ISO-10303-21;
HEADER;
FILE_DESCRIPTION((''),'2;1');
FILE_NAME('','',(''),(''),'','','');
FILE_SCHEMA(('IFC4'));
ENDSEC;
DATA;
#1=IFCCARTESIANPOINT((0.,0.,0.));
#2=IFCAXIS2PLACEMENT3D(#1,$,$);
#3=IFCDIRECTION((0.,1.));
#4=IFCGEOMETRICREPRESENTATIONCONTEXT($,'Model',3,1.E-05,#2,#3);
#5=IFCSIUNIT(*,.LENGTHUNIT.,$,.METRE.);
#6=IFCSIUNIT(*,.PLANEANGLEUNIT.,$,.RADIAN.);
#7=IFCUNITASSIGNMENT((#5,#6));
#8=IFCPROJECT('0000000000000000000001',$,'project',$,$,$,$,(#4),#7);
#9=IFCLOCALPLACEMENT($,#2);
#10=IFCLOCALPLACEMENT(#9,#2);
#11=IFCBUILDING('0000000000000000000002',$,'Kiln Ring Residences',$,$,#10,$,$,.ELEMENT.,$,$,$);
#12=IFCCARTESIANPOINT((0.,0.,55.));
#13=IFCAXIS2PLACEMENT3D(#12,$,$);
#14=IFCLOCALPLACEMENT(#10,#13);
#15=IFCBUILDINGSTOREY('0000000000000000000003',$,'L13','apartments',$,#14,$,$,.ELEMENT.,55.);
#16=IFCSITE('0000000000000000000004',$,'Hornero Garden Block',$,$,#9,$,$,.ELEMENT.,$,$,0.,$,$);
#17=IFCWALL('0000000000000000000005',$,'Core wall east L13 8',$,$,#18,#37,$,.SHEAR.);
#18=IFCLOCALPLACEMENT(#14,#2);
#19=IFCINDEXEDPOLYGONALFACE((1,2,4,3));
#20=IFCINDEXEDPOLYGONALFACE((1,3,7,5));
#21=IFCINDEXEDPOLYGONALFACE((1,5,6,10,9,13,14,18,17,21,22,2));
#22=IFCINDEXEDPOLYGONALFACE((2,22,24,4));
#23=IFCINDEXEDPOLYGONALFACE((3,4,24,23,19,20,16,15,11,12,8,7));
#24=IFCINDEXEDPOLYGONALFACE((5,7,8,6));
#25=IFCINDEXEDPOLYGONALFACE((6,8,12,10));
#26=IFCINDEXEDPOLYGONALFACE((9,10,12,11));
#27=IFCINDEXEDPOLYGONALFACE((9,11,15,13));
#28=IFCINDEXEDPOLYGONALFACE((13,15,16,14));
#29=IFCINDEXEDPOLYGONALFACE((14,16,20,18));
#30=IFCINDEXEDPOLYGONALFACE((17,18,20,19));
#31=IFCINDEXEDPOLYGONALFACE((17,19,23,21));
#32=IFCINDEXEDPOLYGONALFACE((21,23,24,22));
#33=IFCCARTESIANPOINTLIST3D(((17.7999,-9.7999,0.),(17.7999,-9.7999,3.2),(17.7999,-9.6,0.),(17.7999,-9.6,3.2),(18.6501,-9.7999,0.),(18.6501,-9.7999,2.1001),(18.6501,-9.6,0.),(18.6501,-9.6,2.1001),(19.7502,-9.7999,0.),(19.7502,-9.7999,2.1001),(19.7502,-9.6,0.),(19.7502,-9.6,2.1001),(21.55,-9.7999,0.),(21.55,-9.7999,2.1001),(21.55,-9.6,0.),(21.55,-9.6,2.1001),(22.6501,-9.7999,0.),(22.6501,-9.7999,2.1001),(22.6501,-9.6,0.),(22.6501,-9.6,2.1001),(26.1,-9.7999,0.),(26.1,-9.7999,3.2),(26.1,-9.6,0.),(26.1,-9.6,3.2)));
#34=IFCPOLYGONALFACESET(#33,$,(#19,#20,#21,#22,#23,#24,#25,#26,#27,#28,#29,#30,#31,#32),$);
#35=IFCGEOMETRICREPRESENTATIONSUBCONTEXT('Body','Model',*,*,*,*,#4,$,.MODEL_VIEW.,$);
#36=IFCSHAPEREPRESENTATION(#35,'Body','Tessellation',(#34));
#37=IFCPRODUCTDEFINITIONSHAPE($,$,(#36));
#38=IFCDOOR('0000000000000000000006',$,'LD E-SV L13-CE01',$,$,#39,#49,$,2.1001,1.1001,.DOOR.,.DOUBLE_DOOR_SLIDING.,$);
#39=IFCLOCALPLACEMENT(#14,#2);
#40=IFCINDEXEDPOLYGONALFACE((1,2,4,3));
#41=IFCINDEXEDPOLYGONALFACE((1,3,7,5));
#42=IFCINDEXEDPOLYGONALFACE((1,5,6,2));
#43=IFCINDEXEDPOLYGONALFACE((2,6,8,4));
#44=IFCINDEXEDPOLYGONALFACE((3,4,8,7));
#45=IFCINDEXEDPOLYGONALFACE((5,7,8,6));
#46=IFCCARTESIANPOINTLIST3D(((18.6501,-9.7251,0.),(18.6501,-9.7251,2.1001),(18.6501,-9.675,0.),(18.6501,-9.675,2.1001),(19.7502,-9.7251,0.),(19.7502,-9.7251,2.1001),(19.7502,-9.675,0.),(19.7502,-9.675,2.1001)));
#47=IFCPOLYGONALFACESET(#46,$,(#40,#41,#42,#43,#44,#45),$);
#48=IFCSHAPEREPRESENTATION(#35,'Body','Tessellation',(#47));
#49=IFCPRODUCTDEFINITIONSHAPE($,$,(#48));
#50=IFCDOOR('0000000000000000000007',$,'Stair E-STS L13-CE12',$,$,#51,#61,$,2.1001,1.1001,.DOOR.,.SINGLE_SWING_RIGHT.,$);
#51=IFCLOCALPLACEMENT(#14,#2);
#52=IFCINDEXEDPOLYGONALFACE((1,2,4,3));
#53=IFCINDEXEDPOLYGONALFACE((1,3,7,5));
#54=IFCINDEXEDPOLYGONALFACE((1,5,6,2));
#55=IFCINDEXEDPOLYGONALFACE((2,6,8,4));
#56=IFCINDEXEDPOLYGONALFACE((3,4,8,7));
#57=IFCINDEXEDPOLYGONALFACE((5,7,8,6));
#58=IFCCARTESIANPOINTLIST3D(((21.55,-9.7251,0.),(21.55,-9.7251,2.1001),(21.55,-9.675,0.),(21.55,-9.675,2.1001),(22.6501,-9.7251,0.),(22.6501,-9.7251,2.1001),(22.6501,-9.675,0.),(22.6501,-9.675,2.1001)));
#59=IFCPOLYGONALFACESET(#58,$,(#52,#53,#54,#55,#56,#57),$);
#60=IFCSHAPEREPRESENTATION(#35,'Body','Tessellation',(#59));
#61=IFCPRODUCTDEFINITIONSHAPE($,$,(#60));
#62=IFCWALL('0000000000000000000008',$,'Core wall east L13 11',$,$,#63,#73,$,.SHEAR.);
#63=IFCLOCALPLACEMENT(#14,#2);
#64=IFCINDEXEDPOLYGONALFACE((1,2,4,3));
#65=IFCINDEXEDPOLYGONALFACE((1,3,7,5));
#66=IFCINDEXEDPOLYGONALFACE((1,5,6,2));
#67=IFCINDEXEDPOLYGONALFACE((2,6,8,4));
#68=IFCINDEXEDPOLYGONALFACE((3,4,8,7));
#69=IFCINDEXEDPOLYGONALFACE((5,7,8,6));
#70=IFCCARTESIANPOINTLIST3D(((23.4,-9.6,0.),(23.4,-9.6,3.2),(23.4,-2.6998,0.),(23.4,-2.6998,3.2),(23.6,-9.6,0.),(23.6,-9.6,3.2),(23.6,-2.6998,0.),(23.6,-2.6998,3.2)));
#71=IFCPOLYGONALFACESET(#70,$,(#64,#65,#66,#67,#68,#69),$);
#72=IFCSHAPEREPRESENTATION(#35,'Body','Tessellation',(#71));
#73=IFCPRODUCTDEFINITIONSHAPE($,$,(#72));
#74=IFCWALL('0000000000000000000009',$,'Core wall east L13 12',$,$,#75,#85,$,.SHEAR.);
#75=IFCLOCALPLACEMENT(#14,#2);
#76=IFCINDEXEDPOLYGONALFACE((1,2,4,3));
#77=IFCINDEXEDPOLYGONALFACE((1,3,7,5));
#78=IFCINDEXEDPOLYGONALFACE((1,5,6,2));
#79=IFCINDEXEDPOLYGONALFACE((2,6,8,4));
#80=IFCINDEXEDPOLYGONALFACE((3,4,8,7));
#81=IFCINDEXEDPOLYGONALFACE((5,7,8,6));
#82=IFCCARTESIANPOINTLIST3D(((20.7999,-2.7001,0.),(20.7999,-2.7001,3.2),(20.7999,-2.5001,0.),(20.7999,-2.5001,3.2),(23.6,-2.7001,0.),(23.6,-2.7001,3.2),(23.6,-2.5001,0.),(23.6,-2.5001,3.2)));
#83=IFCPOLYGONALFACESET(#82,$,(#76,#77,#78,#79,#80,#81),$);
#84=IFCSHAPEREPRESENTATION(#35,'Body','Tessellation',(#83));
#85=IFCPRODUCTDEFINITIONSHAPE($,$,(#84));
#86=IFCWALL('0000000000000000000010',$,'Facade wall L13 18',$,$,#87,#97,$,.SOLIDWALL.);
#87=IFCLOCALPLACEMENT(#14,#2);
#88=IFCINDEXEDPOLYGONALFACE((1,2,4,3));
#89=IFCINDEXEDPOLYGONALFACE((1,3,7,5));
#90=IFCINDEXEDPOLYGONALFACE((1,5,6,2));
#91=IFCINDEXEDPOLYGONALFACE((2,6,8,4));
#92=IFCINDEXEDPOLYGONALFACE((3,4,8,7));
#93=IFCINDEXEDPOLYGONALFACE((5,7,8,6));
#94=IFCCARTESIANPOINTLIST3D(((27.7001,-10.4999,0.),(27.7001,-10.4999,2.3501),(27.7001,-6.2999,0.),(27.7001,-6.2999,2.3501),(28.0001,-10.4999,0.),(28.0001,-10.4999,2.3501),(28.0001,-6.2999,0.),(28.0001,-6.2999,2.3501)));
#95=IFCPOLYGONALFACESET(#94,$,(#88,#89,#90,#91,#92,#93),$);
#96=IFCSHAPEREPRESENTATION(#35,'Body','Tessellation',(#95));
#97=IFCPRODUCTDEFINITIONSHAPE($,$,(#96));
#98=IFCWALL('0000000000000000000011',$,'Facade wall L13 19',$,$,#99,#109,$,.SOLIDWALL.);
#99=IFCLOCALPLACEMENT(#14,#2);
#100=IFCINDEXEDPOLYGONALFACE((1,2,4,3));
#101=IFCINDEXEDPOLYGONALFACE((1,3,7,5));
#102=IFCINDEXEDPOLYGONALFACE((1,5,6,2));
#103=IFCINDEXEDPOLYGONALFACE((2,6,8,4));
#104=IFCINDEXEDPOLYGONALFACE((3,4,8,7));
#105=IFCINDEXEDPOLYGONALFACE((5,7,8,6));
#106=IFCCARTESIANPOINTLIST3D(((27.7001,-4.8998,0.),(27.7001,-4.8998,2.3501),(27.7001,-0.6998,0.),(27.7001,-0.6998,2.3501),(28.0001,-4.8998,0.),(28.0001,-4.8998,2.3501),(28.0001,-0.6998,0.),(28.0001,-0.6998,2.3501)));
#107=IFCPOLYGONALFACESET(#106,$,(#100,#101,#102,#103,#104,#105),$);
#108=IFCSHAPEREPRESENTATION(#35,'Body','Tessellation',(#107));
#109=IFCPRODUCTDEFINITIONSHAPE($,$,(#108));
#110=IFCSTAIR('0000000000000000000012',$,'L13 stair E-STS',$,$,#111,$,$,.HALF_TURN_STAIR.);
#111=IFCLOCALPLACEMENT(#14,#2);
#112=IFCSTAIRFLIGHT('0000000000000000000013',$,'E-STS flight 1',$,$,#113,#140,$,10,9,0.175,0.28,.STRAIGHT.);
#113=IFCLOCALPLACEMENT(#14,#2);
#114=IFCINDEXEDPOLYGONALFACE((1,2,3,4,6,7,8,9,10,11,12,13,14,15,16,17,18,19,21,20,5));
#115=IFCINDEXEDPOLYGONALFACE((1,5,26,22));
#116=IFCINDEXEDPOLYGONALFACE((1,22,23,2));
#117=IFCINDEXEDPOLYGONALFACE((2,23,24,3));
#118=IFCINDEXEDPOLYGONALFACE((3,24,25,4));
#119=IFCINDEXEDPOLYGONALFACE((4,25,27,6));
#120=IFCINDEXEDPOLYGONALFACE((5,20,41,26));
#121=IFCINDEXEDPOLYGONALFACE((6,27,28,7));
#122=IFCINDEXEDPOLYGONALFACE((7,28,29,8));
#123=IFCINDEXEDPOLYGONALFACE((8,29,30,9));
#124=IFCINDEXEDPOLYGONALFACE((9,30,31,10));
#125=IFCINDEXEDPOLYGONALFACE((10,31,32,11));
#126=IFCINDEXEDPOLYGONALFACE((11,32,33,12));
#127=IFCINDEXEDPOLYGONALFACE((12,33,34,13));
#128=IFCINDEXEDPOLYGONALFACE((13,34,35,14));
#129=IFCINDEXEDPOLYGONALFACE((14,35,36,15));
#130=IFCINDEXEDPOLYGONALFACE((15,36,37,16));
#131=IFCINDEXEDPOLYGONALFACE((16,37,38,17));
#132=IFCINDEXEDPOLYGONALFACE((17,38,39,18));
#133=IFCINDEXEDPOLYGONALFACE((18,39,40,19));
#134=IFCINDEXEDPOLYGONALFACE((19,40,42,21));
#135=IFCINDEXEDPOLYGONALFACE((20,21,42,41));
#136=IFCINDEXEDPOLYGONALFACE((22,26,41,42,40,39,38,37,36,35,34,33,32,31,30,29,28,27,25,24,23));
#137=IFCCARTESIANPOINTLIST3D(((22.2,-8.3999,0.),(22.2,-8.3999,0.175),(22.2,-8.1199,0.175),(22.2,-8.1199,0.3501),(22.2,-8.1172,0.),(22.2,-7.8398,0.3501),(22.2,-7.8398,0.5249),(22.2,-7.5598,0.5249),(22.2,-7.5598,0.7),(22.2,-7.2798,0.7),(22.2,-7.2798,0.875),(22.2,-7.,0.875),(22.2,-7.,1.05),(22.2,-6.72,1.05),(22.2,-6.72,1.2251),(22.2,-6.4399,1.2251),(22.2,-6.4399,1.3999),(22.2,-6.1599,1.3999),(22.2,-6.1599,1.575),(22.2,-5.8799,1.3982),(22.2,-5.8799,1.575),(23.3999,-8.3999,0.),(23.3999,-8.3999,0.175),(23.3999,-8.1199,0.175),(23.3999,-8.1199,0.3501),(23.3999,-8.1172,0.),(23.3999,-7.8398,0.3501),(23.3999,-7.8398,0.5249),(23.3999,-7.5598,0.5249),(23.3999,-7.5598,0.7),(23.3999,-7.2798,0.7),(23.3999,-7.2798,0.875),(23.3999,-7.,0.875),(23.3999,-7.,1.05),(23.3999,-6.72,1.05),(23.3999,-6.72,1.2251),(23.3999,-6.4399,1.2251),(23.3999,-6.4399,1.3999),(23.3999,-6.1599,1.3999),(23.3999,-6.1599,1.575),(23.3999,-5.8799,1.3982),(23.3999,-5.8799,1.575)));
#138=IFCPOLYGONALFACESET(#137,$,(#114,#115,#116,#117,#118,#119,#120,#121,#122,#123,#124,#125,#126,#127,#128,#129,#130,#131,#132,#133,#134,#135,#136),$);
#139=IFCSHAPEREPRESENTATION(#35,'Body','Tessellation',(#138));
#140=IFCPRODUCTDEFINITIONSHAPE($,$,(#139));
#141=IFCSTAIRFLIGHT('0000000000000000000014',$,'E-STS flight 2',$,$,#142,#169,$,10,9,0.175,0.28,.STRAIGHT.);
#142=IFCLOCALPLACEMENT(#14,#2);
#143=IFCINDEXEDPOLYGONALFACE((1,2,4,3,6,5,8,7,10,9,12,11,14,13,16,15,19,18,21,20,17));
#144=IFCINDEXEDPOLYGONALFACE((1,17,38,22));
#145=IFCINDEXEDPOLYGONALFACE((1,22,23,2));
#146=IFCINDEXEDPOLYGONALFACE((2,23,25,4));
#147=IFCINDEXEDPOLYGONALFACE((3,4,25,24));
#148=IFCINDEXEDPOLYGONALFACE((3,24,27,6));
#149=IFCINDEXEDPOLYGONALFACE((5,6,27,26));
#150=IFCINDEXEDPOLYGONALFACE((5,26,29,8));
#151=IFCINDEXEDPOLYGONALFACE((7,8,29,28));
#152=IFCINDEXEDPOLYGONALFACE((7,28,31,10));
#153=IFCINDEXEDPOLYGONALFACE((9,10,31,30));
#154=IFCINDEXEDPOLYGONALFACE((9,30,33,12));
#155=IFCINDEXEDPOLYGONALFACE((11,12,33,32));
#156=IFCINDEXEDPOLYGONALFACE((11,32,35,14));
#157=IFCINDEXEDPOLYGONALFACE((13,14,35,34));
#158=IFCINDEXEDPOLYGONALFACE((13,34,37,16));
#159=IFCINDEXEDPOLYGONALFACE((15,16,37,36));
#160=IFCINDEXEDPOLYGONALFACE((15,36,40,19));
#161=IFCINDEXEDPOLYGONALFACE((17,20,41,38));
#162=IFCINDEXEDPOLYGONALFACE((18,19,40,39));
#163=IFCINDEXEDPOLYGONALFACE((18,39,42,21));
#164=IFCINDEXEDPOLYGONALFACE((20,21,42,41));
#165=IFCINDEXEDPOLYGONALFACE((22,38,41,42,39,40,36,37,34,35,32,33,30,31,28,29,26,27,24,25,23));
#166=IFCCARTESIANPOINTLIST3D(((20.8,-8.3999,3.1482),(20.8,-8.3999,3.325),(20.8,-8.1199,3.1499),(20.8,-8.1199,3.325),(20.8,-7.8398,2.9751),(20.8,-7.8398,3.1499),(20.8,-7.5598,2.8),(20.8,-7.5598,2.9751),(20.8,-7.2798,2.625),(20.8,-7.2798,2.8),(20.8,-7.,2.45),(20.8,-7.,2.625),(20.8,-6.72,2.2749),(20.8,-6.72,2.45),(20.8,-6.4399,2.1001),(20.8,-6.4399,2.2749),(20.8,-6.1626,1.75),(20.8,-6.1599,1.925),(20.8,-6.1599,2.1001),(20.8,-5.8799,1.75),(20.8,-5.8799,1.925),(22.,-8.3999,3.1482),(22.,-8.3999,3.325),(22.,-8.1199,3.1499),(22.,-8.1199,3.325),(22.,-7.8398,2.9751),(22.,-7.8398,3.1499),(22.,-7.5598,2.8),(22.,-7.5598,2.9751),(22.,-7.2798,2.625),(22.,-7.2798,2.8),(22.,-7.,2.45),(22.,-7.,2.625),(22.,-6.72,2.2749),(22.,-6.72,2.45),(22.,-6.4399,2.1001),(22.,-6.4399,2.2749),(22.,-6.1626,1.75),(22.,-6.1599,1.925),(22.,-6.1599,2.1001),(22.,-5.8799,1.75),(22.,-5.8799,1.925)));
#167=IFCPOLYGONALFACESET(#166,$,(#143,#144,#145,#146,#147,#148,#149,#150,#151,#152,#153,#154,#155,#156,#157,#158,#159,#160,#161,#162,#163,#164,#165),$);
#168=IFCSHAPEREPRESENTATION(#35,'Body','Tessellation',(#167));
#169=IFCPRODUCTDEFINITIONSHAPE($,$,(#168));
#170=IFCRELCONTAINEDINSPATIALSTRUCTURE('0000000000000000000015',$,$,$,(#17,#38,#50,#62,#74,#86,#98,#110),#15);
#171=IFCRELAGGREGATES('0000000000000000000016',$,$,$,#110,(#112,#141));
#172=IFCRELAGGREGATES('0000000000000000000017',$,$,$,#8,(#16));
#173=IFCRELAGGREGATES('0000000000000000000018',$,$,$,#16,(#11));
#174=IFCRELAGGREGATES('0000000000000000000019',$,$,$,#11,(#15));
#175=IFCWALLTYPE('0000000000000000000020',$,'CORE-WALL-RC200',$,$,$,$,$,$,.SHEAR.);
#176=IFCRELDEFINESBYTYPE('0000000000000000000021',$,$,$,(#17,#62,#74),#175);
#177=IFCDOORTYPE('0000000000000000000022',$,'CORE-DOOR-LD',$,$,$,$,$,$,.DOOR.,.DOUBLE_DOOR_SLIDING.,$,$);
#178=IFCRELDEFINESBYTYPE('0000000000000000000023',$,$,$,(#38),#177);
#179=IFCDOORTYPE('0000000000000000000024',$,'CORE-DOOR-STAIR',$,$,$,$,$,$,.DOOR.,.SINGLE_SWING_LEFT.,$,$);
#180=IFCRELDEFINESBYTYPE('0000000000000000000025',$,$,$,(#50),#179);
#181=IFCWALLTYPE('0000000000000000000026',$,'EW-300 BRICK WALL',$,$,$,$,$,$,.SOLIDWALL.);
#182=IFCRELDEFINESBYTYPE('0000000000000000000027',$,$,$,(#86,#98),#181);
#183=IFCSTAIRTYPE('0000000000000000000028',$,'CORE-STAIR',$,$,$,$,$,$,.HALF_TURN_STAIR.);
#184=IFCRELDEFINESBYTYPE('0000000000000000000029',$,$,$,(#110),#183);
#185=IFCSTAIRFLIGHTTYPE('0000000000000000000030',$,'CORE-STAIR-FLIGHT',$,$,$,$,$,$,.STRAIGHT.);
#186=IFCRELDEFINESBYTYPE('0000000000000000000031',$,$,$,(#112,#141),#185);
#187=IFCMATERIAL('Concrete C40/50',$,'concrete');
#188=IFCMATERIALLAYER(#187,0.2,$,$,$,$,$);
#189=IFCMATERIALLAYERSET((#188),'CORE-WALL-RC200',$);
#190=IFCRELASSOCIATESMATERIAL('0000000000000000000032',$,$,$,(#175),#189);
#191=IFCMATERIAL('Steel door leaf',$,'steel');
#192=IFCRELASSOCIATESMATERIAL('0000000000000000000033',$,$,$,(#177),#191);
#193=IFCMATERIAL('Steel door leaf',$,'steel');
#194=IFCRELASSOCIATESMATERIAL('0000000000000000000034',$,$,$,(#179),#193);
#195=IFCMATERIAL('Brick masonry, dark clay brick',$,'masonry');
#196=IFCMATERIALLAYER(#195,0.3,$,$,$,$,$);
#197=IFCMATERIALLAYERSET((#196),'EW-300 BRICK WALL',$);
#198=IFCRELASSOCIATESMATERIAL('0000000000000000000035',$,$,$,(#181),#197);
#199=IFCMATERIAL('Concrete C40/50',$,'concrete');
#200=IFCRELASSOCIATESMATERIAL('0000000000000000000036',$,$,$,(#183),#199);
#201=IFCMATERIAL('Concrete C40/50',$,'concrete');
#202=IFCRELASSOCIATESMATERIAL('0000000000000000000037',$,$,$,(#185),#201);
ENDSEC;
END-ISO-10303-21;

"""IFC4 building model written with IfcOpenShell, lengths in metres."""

from ifc_helpers import new_model, si_unit, direction, frame, frame_2d, origin, place, context, subcontext, project, spatial, polyline, rectangle, outline, extrude, material, layer, layer_set, type_object, element, fill, aggregate, save


model = new_model("IFC4")

# Units and contexts
model_context = context("Model", 3, precision=1e-05, world=origin(), true_north=direction((0.0, 1.0)))
body_context = subcontext(model_context, "Body", "Model", "MODEL_VIEW")
ifc_project = project(units=[si_unit("LENGTHUNIT", "METRE"), si_unit("PLANEANGLEUNIT", "RADIAN")], contexts=[model_context])

# Site, building, storey
site_placement = place(None, origin())
site = spatial("IfcSite", under=ifc_project, at=site_placement, Name="Hornero Garden Block", CompositionType="ELEMENT", RefElevation=0.0)
building_placement = place(site_placement, origin())
building = spatial("IfcBuilding", under=site, at=building_placement, Name="Kiln Ring Residences", CompositionType="ELEMENT")
storey_placement = place(building_placement, frame((0.0, 0.0, 55.0)))
storey = spatial("IfcBuildingStorey", under=building, at=storey_placement, Name="L13", Description="apartments", CompositionType="ELEMENT", Elevation=55.0)

# Shared definitions
ifc_material_1 = material(Name="Concrete C40/50", Category="concrete")
ifc_layer_1 = layer(ifc_material_1, 0.2)
ifc_layer_set_1 = layer_set([ifc_layer_1], Name="CORE-WALL-RC200")
wall_type_1 = type_object("IfcWallType", Name="CORE-WALL-RC200", PredefinedType="SHEAR", material=ifc_layer_set_1)

# Wall, openings, doors
wall_1_placement = place(storey_placement, frame((17.8, -9.7, 0.0), z_axis=(0.0, 0.0, 1.0), x_axis=(1.0, 0.0, 0.0)))
wall_1 = element("IfcWall", 1, at=wall_1_placement, inside=storey, type_object=wall_type_1, Name="Core wall east L13 8", PredefinedType="SHEAR", context=body_context, shape_type="SweptSolid", body=[
    extrude(rectangle(XDim=8.3, YDim=0.2, at=frame_2d((4.1499, 0.0))), origin(), (0.0, 0.0, 1.0), 3.2),
])
opening_1_placement = place(wall_1_placement, frame((0.8501, 0.0, 0.0)))
opening_1 = element("IfcOpeningElement", 2, at=opening_1_placement, cuts=wall_1, PredefinedType="OPENING", context=body_context, shape_type="SweptSolid", body=[
    extrude(rectangle(XDim=1.1001, YDim=2.1001, at=frame_2d((0.55, 1.05))), frame((0.0, 0.1099, 0.0), z_axis=(0.0, -1.0, 0.0), x_axis=(1.0, 0.0, 0.0)), (0.0, 0.0, 1.0), 0.22),
])
opening_2_placement = place(wall_1_placement, frame((3.75, 0.0, 0.0)))
opening_2 = element("IfcOpeningElement", 3, at=opening_2_placement, cuts=wall_1, PredefinedType="OPENING", context=body_context, shape_type="SweptSolid", body=[
    extrude(rectangle(XDim=1.1001, YDim=2.1001, at=frame_2d((0.55, 1.05))), frame((0.0, 0.1099, 0.0), z_axis=(0.0, -1.0, 0.0), x_axis=(1.0, 0.0, 0.0)), (0.0, 0.0, 1.0), 0.22),
])
ifc_material_2 = material(Name="Steel door leaf", Category="steel")
door_type_1 = type_object("IfcDoorType", Name="CORE-DOOR-LD", OperationType="DOUBLE_DOOR_SLIDING", PredefinedType="DOOR", material=ifc_material_2)
door_1_placement = place(opening_1_placement, origin())
door_1 = element("IfcDoor", 4, at=door_1_placement, inside=storey, type_object=door_type_1, Name="LD E-SV L13-CE01", OperationType="DOUBLE_DOOR_SLIDING", OverallHeight=2.1001, OverallWidth=1.1001, PredefinedType="DOOR", context=body_context, shape_type="SweptSolid", body=[
    extrude(rectangle(XDim=1.1001, YDim=2.1001, at=frame_2d((0.55, 1.05))), frame((0.0, 0.0249, 0.0), z_axis=(0.0, -1.0, 0.0), x_axis=(1.0, 0.0, 0.0)), (0.0, 0.0, 1.0), 0.05),
])
fill(opening_1, door_1)
ifc_material_3 = material(Name="Steel door leaf", Category="steel")
door_type_2 = type_object("IfcDoorType", Name="CORE-DOOR-STAIR", OperationType="SINGLE_SWING_LEFT", PredefinedType="DOOR", material=ifc_material_3)
door_2_placement = place(opening_2_placement, origin())
door_2 = element("IfcDoor", 5, at=door_2_placement, inside=storey, type_object=door_type_2, Name="Stair E-STS L13-CE12", OperationType="SINGLE_SWING_RIGHT", OverallHeight=2.1001, OverallWidth=1.1001, PredefinedType="DOOR", context=body_context, shape_type="SweptSolid", body=[
    extrude(rectangle(XDim=1.1001, YDim=2.1001, at=frame_2d((0.55, 1.05))), frame((0.0, 0.0249, 0.0), z_axis=(0.0, -1.0, 0.0), x_axis=(1.0, 0.0, 0.0)), (0.0, 0.0, 1.0), 0.05),
])
fill(opening_2, door_2)

# Walls
wall_2_placement = place(storey_placement, frame((23.5, -9.6001, 0.0), z_axis=(0.0, 0.0, 1.0), x_axis=(0.0, 1.0, 0.0)))
element("IfcWall", 6, at=wall_2_placement, inside=storey, type_object=wall_type_1, Name="Core wall east L13 11", PredefinedType="SHEAR", context=body_context, shape_type="SweptSolid", body=[
    extrude(rectangle(XDim=6.9001, YDim=0.2, at=frame_2d((3.4502, 0.0))), origin(), (0.0, 0.0, 1.0), 3.2),
])
wall_3_placement = place(storey_placement, frame((20.8, -2.6001, 0.0), z_axis=(0.0, 0.0, 1.0), x_axis=(1.0, 0.0, 0.0)))
element("IfcWall", 7, at=wall_3_placement, inside=storey, type_object=wall_type_1, Name="Core wall east L13 12", PredefinedType="SHEAR", context=body_context, shape_type="SweptSolid", body=[
    extrude(rectangle(XDim=2.8, YDim=0.2, at=frame_2d((1.3999, 0.0))), origin(), (0.0, 0.0, 1.0), 3.2),
])
ifc_material_4 = material(Name="Brick masonry, dark clay brick", Category="masonry")
ifc_layer_2 = layer(ifc_material_4, 0.3)
ifc_layer_set_2 = layer_set([ifc_layer_2], Name="EW-300 BRICK WALL")
wall_type_2 = type_object("IfcWallType", Name="EW-300 BRICK WALL", PredefinedType="SOLIDWALL", material=ifc_layer_set_2)
for number, where, z_axis, x_axis, name in (
    (8, (27.8501, -10.5, 0.0), (0.0, 0.0, 1.0), (0.0, 1.0, 0.0), "Facade wall L13 18"),
    (9, (27.8501, -4.8999, 0.0), (0.0, 0.0, 1.0), (0.0, 1.0, 0.0), "Facade wall L13 19"),
):
    element("IfcWall", number, at=place(storey_placement, frame(where, z_axis=z_axis, x_axis=x_axis)), inside=storey, type_object=wall_type_2, Name=name, PredefinedType="SOLIDWALL", context=body_context, shape_type="SweptSolid", body=[
        extrude(rectangle(XDim=4.2, YDim=0.3, at=frame_2d((2.1001, 0.0))), origin(), (0.0, 0.0, 1.0), 2.3501),
    ])

# Stair, stair flights
ifc_material_5 = material(Name="Concrete C40/50", Category="concrete")
stair_type = type_object("IfcStairType", Name="CORE-STAIR", PredefinedType="HALF_TURN_STAIR", material=ifc_material_5)
stair_placement = place(storey_placement, origin())
stair = element("IfcStair", 10, at=stair_placement, inside=storey, type_object=stair_type, Name="L13 stair E-STS", PredefinedType="HALF_TURN_STAIR")
ifc_material_6 = material(Name="Concrete C40/50", Category="concrete")
stair_flight_type = type_object("IfcStairFlightType", Name="CORE-STAIR-FLIGHT", PredefinedType="STRAIGHT", material=ifc_material_6)
stair_flight_1_placement = place(storey_placement, frame((22.8, -8.3999, 0.0), z_axis=(0.0, 0.0, 1.0), x_axis=(0.0, 1.0, 0.0)))
stair_flight_1 = element("IfcStairFlight", 11, at=stair_flight_1_placement, type_object=stair_flight_type, Name="E-STS flight 1", NumberOfRisers=10, NumberOfTreads=9, PredefinedType="STRAIGHT", RiserHeight=0.175, TreadLength=0.28, context=body_context, shape_type="SweptSolid", body=[
    extrude(outline(polyline([(0.0, 0.0), (0.0, 0.175), (0.28, 0.175), (0.28, 0.3501), (0.5601, 0.3501), (0.5601, 0.5249), (0.8401, 0.5249), (0.8401, 0.7), (1.1201, 0.7), (1.1201, 0.875), (1.3999, 0.875), (1.3999, 1.05), (1.6799, 1.05), (1.6799, 1.2251), (1.96, 1.2251), (1.96, 1.3999), (2.24, 1.3999), (2.24, 1.575), (2.52, 1.575), (2.52, 1.75), (2.52, 1.3982), (0.2827, 0.0), (0.0, 0.0)])), frame((0.0, 0.6001, 0.0), z_axis=(0.0, -1.0, 0.0), x_axis=(1.0, 0.0, 0.0)), (0.0, 0.0, 1.0), 1.2),
])
stair_flight_2_placement = place(storey_placement, frame((21.3999, -5.8799, 1.75), z_axis=(0.0, 0.0, 1.0), x_axis=(0.0, -1.0, 0.0)))
stair_flight_2 = element("IfcStairFlight", 12, at=stair_flight_2_placement, type_object=stair_flight_type, Name="E-STS flight 2", NumberOfRisers=10, NumberOfTreads=9, PredefinedType="STRAIGHT", RiserHeight=0.175, TreadLength=0.28, context=body_context, shape_type="SweptSolid", body=[
    extrude(outline(polyline([(0.0, 0.0), (0.0, 0.175), (0.28, 0.175), (0.28, 0.3501), (0.5601, 0.3501), (0.5601, 0.5249), (0.8401, 0.5249), (0.8401, 0.7), (1.1201, 0.7), (1.1201, 0.875), (1.3999, 0.875), (1.3999, 1.05), (1.6799, 1.05), (1.6799, 1.2251), (1.96, 1.2251), (1.96, 1.3999), (2.24, 1.3999), (2.24, 1.575), (2.52, 1.575), (2.52, 1.75), (2.52, 1.3982), (0.2827, 0.0), (0.0, 0.0)])), frame((0.0, 0.6001, 0.0), z_axis=(0.0, -1.0, 0.0), x_axis=(1.0, 0.0, 0.0)), (0.0, 0.0, 1.0), 1.2),
])
aggregate(stair, [stair_flight_1, stair_flight_2])

save(model, "model.ifc")
